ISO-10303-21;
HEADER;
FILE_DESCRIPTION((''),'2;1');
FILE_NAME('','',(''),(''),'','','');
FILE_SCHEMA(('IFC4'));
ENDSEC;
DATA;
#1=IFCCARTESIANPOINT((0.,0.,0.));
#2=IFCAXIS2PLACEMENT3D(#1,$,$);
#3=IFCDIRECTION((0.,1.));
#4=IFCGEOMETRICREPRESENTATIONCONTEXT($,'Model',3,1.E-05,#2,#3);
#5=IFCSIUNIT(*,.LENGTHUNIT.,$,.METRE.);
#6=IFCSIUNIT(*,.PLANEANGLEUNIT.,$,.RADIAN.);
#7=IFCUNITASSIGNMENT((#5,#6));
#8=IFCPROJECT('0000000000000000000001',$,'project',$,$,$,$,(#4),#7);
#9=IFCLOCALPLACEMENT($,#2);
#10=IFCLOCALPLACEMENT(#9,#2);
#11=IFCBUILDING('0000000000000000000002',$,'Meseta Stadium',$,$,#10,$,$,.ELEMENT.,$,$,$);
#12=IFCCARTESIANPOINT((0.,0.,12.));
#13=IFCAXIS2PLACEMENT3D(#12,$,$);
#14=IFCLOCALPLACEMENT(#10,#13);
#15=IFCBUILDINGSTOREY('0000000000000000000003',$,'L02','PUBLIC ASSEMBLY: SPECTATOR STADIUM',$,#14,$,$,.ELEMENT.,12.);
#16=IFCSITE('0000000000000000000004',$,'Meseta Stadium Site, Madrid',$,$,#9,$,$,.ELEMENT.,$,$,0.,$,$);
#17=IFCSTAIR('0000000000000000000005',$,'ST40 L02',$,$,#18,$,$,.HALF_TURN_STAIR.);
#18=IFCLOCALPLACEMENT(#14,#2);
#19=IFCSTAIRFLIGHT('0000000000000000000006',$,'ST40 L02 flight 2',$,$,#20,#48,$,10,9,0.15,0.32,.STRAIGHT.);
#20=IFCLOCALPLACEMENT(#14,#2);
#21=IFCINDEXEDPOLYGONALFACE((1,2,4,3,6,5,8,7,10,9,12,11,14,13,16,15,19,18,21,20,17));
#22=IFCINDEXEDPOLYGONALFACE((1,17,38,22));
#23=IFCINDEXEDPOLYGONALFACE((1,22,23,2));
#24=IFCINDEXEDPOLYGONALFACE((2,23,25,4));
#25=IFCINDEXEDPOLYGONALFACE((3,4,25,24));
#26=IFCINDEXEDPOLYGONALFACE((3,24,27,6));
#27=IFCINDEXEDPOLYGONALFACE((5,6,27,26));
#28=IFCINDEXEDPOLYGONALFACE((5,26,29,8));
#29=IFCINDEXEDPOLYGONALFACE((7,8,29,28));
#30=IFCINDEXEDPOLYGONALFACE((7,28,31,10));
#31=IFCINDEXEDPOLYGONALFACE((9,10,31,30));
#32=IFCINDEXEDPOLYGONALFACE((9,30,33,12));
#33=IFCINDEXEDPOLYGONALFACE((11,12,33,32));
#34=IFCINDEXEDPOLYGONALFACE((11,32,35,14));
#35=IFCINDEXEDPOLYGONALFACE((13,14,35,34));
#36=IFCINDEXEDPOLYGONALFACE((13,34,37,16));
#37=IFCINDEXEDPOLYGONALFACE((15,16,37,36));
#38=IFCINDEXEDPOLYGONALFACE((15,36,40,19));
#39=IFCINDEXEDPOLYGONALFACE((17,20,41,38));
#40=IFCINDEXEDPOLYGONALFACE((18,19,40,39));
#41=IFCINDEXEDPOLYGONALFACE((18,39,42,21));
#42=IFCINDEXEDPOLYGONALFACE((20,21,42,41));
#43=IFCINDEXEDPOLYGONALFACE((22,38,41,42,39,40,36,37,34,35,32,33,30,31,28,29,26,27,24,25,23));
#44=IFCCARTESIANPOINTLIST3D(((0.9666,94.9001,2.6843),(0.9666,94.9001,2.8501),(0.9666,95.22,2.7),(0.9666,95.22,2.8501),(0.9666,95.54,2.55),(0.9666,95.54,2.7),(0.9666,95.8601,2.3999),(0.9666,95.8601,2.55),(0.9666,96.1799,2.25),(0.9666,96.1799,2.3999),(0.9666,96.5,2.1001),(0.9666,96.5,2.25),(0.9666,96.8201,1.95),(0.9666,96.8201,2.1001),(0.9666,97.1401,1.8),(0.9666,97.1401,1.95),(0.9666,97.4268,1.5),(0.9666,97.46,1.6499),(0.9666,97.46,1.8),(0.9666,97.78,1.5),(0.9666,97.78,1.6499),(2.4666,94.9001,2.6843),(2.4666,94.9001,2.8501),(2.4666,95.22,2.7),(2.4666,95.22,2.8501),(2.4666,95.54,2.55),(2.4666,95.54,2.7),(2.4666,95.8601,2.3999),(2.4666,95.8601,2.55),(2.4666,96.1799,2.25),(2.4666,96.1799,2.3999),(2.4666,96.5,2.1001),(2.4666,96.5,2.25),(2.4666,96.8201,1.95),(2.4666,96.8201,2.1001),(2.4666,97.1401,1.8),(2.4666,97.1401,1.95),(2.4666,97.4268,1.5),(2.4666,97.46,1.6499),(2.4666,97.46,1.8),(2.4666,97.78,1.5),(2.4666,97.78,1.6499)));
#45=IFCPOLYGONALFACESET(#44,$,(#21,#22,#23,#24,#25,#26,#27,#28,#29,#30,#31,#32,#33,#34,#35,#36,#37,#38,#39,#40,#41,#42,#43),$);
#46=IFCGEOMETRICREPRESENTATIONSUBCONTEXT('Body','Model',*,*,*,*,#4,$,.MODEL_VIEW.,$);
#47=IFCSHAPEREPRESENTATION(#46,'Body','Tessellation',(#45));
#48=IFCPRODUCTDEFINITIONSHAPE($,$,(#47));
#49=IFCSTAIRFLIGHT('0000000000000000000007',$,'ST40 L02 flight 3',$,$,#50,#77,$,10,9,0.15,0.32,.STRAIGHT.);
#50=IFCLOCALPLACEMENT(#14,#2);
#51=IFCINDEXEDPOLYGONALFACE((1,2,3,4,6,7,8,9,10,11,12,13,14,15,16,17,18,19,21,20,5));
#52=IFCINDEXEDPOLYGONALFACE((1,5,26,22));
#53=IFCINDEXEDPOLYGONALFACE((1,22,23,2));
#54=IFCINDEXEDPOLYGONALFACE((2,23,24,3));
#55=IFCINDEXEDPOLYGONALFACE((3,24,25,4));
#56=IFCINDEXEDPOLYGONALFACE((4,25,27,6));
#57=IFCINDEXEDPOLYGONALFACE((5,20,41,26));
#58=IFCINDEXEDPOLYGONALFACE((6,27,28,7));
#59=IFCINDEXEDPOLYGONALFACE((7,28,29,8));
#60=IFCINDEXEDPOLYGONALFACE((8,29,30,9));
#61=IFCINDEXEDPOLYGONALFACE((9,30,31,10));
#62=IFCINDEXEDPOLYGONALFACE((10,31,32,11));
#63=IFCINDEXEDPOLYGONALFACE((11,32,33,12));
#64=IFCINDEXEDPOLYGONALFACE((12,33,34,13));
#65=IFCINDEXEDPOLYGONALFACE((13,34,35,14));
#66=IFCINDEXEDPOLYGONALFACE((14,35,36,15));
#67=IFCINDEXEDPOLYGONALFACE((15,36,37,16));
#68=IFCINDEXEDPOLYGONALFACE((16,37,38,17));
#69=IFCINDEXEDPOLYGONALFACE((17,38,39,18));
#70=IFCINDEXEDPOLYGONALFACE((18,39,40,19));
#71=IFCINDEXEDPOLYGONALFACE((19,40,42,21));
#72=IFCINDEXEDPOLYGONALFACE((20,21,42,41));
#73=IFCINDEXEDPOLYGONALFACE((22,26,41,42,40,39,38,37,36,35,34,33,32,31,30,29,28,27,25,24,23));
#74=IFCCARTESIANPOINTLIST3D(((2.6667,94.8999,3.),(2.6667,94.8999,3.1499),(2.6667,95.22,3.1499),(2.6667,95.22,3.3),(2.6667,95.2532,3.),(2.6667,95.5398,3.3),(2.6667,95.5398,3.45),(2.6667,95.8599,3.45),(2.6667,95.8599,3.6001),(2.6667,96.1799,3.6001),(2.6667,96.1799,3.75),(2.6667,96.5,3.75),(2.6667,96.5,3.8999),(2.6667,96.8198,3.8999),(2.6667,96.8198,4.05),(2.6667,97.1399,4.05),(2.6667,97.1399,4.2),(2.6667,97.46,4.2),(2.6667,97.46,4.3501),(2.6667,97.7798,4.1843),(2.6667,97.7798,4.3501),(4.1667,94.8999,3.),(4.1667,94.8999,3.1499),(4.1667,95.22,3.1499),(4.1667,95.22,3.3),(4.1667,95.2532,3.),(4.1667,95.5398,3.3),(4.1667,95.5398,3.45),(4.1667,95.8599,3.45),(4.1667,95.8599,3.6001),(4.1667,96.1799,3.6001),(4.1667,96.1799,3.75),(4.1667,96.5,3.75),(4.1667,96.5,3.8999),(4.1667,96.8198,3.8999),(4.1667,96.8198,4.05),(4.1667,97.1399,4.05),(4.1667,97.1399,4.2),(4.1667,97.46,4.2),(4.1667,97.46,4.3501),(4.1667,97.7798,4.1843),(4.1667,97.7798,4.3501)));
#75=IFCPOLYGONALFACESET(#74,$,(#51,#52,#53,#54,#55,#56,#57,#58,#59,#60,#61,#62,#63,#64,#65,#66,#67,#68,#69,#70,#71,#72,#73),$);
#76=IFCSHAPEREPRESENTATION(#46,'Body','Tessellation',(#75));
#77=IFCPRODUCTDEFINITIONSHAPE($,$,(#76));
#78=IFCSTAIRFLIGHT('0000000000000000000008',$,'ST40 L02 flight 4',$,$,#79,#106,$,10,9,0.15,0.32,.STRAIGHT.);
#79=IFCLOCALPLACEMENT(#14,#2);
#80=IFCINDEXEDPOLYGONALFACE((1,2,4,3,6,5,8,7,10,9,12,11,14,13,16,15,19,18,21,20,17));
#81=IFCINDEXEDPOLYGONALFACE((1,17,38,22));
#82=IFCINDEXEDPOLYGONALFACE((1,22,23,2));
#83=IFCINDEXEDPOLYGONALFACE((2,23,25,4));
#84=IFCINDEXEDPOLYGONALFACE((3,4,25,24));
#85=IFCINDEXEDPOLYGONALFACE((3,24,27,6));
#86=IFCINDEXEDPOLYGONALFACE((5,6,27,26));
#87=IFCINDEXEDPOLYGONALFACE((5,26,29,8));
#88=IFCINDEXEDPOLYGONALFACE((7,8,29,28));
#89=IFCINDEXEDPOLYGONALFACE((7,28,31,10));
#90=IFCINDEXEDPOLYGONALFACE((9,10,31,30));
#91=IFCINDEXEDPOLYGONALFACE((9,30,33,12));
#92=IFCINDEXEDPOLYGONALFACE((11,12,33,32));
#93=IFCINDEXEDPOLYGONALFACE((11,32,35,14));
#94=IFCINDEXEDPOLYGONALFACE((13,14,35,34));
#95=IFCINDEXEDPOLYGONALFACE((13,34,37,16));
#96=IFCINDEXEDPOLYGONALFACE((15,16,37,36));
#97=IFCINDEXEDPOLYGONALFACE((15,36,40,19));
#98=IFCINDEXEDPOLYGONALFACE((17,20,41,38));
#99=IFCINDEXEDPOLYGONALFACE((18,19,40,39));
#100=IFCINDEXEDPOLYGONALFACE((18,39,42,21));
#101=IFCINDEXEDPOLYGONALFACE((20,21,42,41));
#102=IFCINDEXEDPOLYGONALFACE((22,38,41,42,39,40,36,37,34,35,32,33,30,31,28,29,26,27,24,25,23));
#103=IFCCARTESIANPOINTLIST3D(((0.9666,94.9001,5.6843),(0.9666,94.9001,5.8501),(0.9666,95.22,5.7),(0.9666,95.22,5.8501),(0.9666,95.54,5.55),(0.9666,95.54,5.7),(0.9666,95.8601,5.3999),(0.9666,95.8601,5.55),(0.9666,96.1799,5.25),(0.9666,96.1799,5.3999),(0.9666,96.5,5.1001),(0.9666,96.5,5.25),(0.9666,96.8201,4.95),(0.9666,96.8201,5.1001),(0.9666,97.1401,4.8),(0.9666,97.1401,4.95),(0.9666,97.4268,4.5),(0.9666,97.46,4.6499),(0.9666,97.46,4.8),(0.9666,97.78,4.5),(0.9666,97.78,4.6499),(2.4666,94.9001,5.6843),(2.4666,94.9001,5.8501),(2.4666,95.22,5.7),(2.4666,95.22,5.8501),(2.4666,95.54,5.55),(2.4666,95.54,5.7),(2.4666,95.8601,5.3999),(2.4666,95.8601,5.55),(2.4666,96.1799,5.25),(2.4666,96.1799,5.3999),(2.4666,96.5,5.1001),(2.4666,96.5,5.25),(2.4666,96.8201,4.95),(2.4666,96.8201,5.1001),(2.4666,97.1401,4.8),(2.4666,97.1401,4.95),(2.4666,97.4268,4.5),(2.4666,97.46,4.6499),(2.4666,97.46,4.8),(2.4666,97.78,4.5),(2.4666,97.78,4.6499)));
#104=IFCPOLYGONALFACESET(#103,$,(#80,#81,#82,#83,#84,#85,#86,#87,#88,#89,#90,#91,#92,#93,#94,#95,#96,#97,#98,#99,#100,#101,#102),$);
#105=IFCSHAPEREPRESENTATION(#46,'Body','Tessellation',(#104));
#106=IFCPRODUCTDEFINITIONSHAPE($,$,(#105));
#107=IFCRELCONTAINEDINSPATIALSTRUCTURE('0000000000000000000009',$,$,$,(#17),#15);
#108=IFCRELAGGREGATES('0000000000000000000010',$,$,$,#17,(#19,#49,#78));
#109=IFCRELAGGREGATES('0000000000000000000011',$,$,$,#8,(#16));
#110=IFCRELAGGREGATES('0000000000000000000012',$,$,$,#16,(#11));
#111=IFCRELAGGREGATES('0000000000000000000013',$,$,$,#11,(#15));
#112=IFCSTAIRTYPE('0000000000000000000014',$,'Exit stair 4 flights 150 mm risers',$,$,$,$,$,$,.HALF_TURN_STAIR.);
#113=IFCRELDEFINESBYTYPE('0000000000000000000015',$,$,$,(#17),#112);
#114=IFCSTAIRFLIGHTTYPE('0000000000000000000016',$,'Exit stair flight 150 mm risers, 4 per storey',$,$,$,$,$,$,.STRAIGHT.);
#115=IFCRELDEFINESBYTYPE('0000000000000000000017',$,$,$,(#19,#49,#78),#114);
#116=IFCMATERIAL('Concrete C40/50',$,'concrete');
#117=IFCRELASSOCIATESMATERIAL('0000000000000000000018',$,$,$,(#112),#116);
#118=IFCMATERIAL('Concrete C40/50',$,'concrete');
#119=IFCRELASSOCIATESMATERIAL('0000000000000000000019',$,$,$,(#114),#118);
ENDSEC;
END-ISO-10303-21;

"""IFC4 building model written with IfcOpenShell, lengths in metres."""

from ifc_helpers import new_model, si_unit, direction, frame, origin, place, context, subcontext, project, spatial, polyline, outline, extrude, material, type_object, element, aggregate, save


model = new_model("IFC4")

# Units and contexts
model_context = context("Model", 3, precision=1e-05, world=origin(), true_north=direction((0.0, 1.0)))
body_context = subcontext(model_context, "Body", "Model", "MODEL_VIEW")
ifc_project = project(units=[si_unit("LENGTHUNIT", "METRE"), si_unit("PLANEANGLEUNIT", "RADIAN")], contexts=[model_context])

# Site, building, storey
site_placement = place(None, origin())
site = spatial("IfcSite", under=ifc_project, at=site_placement, Name="Meseta Stadium Site, Madrid", CompositionType="ELEMENT", RefElevation=0.0)
building_placement = place(site_placement, origin())
building = spatial("IfcBuilding", under=site, at=building_placement, Name="Meseta Stadium", CompositionType="ELEMENT")
storey_placement = place(building_placement, frame((0.0, 0.0, 12.0)))
storey = spatial("IfcBuildingStorey", under=building, at=storey_placement, Name="L02", Description="PUBLIC ASSEMBLY: SPECTATOR STADIUM", CompositionType="ELEMENT", Elevation=12.0)

# Stair, stair flights
ifc_material_1 = material(Name="Concrete C40/50", Category="concrete")
stair_type = type_object("IfcStairType", Name="Exit stair 4 flights 150 mm risers", PredefinedType="HALF_TURN_STAIR", material=ifc_material_1)
ifc_material_2 = material(Name="Concrete C40/50", Category="concrete")
stair_flight_type = type_object("IfcStairFlightType", Name="Exit stair flight 150 mm risers, 4 per storey", PredefinedType="STRAIGHT", material=ifc_material_2)
stair_1_placement = place(storey_placement, origin())
stair_1 = element("IfcStair", 1, at=stair_1_placement, inside=storey, type_object=stair_type, Name="ST40 L02", PredefinedType="HALF_TURN_STAIR")
stair_flight_1_placement = place(storey_placement, frame((1.7166, 97.78, 1.5), z_axis=(0.0, 0.0, 1.0), x_axis=(0.0, -1.0, 0.0)))
stair_flight_1 = element("IfcStairFlight", 2, at=stair_flight_1_placement, type_object=stair_flight_type, Name="ST40 L02 flight 2", NumberOfRisers=10, NumberOfTreads=9, PredefinedType="STRAIGHT", RiserHeight=0.15, TreadLength=0.32, context=body_context, shape_type="SweptSolid", body=[
    extrude(outline(polyline([(0.0, 0.0), (0.0, 0.1499), (0.3201, 0.1499), (0.3201, 0.3), (0.6399, 0.3), (0.6399, 0.45), (0.96, 0.45), (0.96, 0.6001), (1.28, 0.6001), (1.28, 0.75), (1.6001, 0.75), (1.6001, 0.8999), (1.9199, 0.8999), (1.9199, 1.05), (2.24, 1.05), (2.24, 1.2), (2.5601, 1.2), (2.5601, 1.3501), (2.8799, 1.3501), (2.8799, 1.1843), (0.3533, 0.0), (0.0, 0.0)])), frame((0.0, 0.75, 0.0), z_axis=(0.0, -1.0, 0.0), x_axis=(1.0, 0.0, 0.0)), (0.0, 0.0, 1.0), 1.5),
])
stair_flight_2_placement = place(storey_placement, frame((3.4167, 94.8999, 3.0), z_axis=(0.0, 0.0, 1.0), x_axis=(0.0, 1.0, 0.0)))
stair_flight_2 = element("IfcStairFlight", 3, at=stair_flight_2_placement, type_object=stair_flight_type, Name="ST40 L02 flight 3", NumberOfRisers=10, NumberOfTreads=9, PredefinedType="STRAIGHT", RiserHeight=0.15, TreadLength=0.32, context=body_context, shape_type="SweptSolid", body=[
    extrude(outline(polyline([(0.0, 0.0), (0.0, 0.1499), (0.3201, 0.1499), (0.3201, 0.3), (0.6399, 0.3), (0.6399, 0.45), (0.96, 0.45), (0.96, 0.6001), (1.28, 0.6001), (1.28, 0.75), (1.6001, 0.75), (1.6001, 0.8999), (1.9199, 0.8999), (1.9199, 1.05), (2.24, 1.05), (2.24, 1.2), (2.5601, 1.2), (2.5601, 1.3501), (2.8799, 1.3501), (2.8799, 1.1843), (0.3533, 0.0), (0.0, 0.0)])), frame((0.0, 0.75, 0.0), z_axis=(0.0, -1.0, 0.0), x_axis=(1.0, 0.0, 0.0)), (0.0, 0.0, 1.0), 1.5),
])
stair_flight_3_placement = place(storey_placement, frame((1.7166, 97.78, 4.5), z_axis=(0.0, 0.0, 1.0), x_axis=(0.0, -1.0, 0.0)))
stair_flight_3 = element("IfcStairFlight", 4, at=stair_flight_3_placement, type_object=stair_flight_type, Name="ST40 L02 flight 4", NumberOfRisers=10, NumberOfTreads=9, PredefinedType="STRAIGHT", RiserHeight=0.15, TreadLength=0.32, context=body_context, shape_type="SweptSolid", body=[
    extrude(outline(polyline([(0.0, 0.0), (0.0, 0.1499), (0.3201, 0.1499), (0.3201, 0.3), (0.6399, 0.3), (0.6399, 0.45), (0.96, 0.45), (0.96, 0.6001), (1.28, 0.6001), (1.28, 0.75), (1.6001, 0.75), (1.6001, 0.8999), (1.9199, 0.8999), (1.9199, 1.05), (2.24, 1.05), (2.24, 1.2), (2.5601, 1.2), (2.5601, 1.3501), (2.8799, 1.3501), (2.8799, 1.1843), (0.3533, 0.0), (0.0, 0.0)])), frame((0.0, 0.75, 0.0), z_axis=(0.0, -1.0, 0.0), x_axis=(1.0, 0.0, 0.0)), (0.0, 0.0, 1.0), 1.5),
])
aggregate(stair_1, [stair_flight_1, stair_flight_2, stair_flight_3])

save(model, "model.ifc")
